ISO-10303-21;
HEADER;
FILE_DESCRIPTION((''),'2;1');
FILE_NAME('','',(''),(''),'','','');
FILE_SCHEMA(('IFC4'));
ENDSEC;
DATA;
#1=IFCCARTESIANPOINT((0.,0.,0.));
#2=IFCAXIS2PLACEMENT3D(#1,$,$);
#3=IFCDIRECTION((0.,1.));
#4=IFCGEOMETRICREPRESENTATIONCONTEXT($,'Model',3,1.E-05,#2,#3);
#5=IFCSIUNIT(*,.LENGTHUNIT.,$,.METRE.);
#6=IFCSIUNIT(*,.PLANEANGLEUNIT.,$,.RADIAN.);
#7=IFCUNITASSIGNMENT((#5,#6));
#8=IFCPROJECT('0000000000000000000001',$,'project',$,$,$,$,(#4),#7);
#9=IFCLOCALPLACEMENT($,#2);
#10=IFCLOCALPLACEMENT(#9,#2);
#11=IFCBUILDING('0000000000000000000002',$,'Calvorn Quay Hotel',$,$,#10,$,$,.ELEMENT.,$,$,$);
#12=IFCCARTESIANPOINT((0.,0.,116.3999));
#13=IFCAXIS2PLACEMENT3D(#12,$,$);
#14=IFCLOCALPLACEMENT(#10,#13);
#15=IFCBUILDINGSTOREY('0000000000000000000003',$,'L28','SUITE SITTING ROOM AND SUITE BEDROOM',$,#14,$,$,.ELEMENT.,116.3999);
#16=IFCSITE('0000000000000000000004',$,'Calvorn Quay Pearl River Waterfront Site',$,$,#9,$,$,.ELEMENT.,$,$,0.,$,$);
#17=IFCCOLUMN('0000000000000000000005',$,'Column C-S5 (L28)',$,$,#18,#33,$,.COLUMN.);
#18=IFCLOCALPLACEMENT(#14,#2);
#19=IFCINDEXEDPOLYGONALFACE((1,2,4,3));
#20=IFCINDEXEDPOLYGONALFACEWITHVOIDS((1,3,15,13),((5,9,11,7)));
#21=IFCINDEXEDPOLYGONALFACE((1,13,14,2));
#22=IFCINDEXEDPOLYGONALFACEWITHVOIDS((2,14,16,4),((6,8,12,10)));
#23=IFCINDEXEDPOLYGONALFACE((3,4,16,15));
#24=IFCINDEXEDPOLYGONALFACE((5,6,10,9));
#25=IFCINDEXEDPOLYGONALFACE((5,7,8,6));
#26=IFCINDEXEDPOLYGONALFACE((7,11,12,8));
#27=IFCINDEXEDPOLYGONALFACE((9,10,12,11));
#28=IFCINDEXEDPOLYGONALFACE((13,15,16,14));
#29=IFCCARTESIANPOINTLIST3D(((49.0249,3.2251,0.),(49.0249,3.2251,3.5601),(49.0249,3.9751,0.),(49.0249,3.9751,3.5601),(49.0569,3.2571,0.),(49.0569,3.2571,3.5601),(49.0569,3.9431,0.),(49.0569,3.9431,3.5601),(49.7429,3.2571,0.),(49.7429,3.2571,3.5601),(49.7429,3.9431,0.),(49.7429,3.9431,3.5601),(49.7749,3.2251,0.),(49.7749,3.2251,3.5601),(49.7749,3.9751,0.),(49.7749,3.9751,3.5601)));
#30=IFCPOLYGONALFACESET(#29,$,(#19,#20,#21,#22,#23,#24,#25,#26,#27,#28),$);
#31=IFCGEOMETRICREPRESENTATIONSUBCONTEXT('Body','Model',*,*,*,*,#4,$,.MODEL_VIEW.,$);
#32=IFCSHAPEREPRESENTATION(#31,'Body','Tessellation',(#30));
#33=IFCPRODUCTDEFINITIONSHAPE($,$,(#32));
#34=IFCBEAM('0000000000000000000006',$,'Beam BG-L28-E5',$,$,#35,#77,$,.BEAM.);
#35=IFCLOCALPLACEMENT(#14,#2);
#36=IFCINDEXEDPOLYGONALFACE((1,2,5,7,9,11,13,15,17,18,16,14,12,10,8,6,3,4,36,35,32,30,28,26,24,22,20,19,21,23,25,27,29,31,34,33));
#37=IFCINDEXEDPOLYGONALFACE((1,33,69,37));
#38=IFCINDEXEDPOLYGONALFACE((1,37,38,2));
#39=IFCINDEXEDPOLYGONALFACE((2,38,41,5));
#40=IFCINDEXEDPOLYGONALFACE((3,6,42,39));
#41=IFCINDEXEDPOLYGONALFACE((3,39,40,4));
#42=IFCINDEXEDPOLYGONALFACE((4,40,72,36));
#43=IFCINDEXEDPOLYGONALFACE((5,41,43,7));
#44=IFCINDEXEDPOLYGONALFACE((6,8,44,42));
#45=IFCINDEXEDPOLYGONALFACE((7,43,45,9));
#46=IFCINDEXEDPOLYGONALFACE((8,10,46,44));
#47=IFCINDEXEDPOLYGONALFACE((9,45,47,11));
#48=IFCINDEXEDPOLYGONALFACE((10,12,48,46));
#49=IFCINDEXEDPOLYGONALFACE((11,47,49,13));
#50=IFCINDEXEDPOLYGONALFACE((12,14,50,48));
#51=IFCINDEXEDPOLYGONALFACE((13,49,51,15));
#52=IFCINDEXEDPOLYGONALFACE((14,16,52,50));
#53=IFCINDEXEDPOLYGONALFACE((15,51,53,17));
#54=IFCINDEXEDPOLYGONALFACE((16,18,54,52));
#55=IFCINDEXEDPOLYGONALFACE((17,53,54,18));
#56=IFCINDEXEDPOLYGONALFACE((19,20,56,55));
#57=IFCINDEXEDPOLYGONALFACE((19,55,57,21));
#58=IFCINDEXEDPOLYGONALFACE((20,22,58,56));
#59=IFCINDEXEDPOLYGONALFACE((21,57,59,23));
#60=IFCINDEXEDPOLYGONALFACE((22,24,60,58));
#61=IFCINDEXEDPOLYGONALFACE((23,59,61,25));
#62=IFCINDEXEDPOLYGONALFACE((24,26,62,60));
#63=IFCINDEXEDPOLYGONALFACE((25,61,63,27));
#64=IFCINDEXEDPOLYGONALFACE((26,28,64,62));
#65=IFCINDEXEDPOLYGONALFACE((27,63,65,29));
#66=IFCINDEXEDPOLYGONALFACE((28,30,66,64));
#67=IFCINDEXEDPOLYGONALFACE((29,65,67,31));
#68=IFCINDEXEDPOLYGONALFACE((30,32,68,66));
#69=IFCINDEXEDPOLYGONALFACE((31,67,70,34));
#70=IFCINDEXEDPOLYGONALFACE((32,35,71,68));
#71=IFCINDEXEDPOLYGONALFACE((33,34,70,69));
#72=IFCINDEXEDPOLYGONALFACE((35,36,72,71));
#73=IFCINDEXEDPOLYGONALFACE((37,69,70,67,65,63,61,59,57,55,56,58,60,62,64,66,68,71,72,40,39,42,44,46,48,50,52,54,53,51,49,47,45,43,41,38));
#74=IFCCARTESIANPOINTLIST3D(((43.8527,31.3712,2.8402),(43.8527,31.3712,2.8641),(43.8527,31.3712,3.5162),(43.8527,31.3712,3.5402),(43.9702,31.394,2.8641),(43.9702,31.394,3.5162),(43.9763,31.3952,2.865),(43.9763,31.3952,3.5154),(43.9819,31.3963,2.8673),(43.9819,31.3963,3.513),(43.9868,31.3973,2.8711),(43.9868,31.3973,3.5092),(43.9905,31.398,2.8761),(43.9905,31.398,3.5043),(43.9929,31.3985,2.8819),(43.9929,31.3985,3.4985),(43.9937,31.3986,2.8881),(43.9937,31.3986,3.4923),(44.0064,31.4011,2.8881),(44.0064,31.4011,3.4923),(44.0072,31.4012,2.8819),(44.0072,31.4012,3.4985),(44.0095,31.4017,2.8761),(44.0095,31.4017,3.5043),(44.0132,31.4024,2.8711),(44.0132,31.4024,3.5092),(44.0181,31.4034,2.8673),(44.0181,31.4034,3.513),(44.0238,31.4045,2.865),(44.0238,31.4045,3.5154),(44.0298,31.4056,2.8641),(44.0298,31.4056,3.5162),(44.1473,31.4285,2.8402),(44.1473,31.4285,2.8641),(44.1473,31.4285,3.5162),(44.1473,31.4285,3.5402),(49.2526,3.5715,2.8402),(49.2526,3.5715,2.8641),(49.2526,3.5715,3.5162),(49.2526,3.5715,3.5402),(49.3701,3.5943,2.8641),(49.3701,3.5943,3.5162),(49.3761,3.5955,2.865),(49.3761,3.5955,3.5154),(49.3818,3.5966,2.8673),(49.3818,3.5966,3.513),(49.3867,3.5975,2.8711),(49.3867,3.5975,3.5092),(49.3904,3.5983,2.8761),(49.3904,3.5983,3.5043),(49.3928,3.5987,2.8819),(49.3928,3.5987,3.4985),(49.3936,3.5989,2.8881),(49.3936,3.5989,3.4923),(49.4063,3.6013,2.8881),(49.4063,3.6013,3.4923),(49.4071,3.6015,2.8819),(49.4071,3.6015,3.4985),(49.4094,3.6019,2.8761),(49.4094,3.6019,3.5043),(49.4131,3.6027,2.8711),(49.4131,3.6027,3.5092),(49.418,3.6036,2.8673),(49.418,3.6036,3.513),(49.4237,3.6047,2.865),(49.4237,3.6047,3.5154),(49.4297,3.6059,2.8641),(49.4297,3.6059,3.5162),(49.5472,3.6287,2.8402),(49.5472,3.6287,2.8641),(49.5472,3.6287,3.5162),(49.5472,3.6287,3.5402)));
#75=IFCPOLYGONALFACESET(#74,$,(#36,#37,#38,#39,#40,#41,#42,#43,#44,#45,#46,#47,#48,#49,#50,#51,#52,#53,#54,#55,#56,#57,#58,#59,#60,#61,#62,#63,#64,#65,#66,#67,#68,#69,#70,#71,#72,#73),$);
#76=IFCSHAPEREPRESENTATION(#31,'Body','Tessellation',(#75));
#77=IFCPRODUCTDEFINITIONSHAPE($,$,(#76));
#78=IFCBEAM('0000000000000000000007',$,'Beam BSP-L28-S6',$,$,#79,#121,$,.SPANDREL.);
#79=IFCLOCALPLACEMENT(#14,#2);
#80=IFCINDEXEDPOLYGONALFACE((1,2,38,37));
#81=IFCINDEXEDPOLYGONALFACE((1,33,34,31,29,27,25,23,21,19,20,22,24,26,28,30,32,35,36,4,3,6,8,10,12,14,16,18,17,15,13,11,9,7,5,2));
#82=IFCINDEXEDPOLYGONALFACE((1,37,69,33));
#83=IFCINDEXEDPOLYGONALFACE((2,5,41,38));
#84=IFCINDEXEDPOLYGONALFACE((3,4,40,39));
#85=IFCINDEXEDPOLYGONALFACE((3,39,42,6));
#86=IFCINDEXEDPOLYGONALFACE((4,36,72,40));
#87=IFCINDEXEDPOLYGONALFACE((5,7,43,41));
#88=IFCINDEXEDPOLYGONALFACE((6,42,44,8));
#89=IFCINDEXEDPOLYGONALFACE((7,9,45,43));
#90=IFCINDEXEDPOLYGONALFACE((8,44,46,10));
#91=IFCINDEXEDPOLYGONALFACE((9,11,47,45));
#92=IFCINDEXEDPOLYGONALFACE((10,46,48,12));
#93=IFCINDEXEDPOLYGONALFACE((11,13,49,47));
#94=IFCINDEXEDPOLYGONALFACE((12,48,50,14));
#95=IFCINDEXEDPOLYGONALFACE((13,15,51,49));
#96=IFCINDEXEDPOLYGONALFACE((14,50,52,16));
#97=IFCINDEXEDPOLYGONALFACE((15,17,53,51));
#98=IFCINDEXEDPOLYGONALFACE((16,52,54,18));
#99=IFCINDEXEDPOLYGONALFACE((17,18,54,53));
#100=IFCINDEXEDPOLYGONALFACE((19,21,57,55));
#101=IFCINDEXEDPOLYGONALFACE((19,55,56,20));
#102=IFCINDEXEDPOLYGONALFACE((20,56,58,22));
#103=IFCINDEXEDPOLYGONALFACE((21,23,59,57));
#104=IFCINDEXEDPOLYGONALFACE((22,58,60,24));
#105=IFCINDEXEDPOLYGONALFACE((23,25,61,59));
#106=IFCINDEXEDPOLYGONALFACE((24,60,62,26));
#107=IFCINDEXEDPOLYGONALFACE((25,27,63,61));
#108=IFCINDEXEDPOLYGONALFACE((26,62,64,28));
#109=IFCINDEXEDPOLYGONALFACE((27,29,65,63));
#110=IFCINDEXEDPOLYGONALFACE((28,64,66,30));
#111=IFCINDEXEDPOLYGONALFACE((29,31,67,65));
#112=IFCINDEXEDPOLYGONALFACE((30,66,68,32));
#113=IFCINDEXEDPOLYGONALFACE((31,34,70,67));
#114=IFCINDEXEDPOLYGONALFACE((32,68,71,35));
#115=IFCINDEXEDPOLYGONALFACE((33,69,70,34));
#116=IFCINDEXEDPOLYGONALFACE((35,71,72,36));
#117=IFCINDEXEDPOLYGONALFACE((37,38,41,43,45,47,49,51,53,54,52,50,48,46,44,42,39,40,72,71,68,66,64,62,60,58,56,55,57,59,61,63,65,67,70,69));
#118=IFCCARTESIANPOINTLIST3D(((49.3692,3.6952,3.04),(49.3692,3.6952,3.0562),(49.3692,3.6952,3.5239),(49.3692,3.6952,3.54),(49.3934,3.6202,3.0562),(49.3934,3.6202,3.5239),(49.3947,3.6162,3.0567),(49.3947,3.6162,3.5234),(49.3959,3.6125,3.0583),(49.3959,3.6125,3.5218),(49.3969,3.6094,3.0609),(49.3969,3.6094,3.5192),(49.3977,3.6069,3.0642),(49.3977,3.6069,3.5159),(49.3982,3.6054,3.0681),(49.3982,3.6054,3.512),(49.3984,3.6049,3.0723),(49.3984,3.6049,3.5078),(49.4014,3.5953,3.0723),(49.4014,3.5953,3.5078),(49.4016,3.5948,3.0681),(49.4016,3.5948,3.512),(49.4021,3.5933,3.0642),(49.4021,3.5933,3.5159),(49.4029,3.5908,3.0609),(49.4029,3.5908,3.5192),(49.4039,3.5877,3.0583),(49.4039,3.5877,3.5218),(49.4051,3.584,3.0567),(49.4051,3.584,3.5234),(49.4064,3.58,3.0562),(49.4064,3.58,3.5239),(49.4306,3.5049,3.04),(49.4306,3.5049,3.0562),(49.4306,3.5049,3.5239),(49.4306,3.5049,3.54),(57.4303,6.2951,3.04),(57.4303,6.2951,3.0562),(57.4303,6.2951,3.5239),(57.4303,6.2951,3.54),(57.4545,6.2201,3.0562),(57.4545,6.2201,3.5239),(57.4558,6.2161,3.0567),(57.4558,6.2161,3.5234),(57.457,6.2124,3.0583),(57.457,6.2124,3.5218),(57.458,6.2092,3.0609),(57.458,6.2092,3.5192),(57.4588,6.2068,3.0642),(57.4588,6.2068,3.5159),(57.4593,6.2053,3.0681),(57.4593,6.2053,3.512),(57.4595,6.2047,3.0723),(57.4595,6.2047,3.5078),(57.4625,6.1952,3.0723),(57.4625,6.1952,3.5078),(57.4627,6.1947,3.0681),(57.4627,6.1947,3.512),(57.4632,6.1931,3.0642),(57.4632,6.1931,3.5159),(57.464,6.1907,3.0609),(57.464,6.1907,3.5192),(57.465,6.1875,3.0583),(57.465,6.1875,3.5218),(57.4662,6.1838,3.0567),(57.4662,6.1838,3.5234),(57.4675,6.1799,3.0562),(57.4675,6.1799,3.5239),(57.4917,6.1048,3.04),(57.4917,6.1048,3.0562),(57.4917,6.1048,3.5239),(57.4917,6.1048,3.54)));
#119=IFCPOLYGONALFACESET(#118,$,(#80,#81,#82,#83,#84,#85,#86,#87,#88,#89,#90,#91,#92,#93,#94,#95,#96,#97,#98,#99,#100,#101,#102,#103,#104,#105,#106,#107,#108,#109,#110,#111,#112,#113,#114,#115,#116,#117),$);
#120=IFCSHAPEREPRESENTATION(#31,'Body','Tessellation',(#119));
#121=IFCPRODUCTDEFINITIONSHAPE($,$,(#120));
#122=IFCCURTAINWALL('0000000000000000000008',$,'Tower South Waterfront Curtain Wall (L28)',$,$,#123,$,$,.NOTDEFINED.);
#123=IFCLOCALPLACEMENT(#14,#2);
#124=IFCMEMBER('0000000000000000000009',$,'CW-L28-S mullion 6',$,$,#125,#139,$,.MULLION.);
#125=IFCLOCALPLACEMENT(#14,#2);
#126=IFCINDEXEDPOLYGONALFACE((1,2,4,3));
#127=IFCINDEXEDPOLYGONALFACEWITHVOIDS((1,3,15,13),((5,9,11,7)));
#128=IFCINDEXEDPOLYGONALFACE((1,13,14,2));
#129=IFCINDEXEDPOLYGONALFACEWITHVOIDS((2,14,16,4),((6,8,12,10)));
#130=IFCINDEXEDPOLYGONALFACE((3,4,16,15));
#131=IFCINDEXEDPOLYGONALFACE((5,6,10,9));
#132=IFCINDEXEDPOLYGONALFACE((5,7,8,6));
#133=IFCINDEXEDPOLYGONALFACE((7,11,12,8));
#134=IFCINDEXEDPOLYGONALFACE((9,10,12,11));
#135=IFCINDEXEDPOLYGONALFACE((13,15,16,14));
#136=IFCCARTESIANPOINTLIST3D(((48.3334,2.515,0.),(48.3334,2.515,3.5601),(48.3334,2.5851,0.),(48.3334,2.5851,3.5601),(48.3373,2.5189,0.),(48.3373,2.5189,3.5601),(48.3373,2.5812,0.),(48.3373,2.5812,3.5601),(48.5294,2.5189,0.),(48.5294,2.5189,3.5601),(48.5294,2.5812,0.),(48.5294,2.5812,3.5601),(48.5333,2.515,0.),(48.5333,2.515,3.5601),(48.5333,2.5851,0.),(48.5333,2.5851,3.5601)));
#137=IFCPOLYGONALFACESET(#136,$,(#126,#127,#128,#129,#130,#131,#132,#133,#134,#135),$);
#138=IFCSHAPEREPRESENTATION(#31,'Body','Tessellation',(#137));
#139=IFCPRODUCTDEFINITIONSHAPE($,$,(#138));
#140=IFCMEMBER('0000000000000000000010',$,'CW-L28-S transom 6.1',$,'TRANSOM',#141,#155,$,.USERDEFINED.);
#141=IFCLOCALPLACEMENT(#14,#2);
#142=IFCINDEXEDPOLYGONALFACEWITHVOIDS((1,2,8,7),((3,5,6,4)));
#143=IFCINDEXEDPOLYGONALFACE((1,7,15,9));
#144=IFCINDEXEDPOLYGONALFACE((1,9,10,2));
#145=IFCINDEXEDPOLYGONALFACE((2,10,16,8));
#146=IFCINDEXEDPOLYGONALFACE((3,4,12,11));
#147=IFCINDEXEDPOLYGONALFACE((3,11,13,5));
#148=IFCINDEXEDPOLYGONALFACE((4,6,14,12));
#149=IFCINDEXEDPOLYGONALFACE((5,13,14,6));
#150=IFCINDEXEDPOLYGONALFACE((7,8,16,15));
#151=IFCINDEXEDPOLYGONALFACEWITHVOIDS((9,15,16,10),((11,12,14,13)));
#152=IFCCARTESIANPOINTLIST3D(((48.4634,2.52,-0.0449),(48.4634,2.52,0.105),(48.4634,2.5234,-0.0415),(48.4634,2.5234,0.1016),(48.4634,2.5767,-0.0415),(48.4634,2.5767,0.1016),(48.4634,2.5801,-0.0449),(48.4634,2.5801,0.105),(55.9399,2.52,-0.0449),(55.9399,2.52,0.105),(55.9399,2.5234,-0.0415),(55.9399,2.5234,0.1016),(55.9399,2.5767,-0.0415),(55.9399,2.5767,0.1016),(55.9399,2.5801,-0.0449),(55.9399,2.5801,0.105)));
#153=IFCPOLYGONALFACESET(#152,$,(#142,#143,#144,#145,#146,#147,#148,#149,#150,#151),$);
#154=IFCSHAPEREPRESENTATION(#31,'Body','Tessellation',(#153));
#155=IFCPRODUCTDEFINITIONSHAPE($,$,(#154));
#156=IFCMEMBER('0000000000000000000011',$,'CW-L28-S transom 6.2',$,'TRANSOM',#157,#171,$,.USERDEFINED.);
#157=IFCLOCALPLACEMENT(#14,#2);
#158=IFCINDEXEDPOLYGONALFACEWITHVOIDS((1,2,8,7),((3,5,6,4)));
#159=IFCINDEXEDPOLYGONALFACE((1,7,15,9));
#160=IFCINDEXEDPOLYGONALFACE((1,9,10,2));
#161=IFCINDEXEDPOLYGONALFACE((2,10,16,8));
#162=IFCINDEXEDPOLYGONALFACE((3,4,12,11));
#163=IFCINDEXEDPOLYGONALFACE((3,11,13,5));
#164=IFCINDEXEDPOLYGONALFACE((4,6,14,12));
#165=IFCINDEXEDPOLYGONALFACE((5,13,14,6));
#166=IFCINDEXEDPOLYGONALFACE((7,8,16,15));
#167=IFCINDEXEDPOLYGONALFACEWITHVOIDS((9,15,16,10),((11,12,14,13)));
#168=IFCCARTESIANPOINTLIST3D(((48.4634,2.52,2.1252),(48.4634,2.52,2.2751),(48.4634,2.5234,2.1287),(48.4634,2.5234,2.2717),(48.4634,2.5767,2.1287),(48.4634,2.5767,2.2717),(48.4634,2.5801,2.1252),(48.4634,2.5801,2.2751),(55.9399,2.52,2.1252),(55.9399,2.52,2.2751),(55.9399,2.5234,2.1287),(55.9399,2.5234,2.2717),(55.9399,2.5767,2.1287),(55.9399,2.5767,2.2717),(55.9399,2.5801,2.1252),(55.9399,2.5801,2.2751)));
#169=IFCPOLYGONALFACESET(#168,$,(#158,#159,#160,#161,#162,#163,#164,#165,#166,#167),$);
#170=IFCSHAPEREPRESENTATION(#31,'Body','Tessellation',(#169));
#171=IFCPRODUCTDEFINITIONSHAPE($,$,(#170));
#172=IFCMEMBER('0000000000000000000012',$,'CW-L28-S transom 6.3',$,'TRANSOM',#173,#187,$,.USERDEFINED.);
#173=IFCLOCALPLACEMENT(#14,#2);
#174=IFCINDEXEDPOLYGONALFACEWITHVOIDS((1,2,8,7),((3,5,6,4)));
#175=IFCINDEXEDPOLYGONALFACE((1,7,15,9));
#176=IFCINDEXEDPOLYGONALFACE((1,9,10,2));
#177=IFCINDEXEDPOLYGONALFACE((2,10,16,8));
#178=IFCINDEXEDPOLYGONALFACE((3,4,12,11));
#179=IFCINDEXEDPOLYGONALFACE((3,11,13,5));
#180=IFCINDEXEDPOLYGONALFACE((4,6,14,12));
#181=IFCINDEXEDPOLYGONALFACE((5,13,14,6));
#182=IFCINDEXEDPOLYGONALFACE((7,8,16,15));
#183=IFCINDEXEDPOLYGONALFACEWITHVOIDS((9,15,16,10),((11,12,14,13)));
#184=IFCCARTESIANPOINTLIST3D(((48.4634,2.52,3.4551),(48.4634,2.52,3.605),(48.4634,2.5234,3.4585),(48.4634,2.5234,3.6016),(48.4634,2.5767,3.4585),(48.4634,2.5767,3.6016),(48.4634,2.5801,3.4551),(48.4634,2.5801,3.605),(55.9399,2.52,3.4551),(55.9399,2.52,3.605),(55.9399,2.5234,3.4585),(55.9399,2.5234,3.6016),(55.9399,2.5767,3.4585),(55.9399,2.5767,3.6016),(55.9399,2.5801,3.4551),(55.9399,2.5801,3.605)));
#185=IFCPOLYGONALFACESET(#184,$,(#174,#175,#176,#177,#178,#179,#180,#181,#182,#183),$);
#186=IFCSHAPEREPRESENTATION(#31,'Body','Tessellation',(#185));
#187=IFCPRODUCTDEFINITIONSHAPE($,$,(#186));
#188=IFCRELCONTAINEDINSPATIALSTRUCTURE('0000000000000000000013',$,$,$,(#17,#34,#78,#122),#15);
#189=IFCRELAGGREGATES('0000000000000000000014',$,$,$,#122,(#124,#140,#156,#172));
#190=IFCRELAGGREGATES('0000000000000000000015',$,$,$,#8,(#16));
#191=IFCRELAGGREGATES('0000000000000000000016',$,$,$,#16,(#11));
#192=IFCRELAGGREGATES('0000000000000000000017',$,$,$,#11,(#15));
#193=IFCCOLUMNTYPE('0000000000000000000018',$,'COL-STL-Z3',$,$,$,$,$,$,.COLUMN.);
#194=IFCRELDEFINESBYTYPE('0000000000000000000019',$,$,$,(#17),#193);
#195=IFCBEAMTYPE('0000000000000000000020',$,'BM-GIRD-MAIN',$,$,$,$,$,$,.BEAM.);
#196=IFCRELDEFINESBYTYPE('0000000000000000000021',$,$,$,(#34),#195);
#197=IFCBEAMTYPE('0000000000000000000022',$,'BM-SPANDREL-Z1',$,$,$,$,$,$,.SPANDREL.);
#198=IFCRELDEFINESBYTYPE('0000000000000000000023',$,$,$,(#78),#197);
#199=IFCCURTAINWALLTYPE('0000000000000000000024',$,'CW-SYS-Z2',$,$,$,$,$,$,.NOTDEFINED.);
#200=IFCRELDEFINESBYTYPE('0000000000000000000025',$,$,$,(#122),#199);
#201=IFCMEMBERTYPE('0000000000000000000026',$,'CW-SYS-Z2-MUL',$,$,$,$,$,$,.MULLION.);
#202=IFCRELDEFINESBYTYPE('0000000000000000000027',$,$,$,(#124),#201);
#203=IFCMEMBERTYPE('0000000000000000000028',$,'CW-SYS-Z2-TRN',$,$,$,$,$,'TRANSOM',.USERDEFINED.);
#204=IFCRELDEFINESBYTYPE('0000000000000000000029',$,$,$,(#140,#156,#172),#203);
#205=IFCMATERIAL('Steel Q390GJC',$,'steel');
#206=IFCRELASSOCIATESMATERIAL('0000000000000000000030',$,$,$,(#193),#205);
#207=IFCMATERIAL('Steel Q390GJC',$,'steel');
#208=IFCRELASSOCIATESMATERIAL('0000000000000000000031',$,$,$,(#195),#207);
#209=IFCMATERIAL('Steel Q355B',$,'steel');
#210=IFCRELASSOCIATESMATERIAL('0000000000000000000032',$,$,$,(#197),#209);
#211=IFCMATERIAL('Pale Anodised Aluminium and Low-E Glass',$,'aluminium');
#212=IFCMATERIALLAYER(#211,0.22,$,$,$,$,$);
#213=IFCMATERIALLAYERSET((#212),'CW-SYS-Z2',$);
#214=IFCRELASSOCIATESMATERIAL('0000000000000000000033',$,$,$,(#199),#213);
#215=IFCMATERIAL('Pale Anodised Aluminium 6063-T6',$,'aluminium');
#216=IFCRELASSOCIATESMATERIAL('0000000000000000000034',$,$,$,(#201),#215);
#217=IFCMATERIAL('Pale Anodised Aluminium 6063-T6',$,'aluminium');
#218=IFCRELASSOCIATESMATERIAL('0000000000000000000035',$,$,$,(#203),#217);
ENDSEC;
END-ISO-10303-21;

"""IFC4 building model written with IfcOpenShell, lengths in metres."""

from ifc_helpers import new_model, si_unit, direction, frame, origin, origin_2d, place, context, subcontext, project, spatial, hollow_rectangle, i_section, extrude, material, layer, layer_set, material_profile, profile_set, type_object, element, aggregate, save


model = new_model("IFC4")

# Units and contexts
model_context = context("Model", 3, precision=1e-05, world=origin(), true_north=direction((0.0, 1.0)))
body_context = subcontext(model_context, "Body", "Model", "MODEL_VIEW")
ifc_project = project(units=[si_unit("LENGTHUNIT", "METRE"), si_unit("PLANEANGLEUNIT", "RADIAN")], contexts=[model_context])

# Site, building, storey
site_placement = place(None, origin())
site = spatial("IfcSite", under=ifc_project, at=site_placement, Name="Calvorn Quay Pearl River Waterfront Site", CompositionType="ELEMENT", RefElevation=0.0)
building_placement = place(site_placement, origin())
building = spatial("IfcBuilding", under=site, at=building_placement, Name="Calvorn Quay Hotel", CompositionType="ELEMENT")
storey_placement = place(building_placement, frame((0.0, 0.0, 116.3999)))
storey = spatial("IfcBuildingStorey", under=building, at=storey_placement, Name="L28", Description="SUITE SITTING ROOM AND SUITE BEDROOM", CompositionType="ELEMENT", Elevation=116.3999)

# Column
ifc_material_1 = material(Name="Steel Q390GJC", Category="steel")
ifc_material_profile_1 = material_profile(ifc_material_1, hollow_rectangle(XDim=0.75, YDim=0.75, WallThickness=0.032, at=origin_2d()), Name="BOX750x750x32")
ifc_profile_set_1 = profile_set([ifc_material_profile_1], Name="Steel Q390GJC")
column_type = type_object("IfcColumnType", Name="COL-STL-Z3", PredefinedType="COLUMN", material=ifc_profile_set_1)
column_placement = place(storey_placement, frame((49.3999, 3.6001, 0.0), z_axis=(0.0, 0.0, 1.0), x_axis=(1.0, 0.0, 0.0)))
element("IfcColumn", 1, at=column_placement, inside=storey, type_object=column_type, Name="Column C-S5 (L28)", PredefinedType="COLUMN", context=body_context, shape_type="SweptSolid", body=[
    extrude(hollow_rectangle(XDim=0.75, YDim=0.75, WallThickness=0.032, at=origin_2d()), origin(), (0.0, 0.0, 1.0), 3.5601),
])

# Beams
ifc_material_2 = material(Name="Steel Q390GJC", Category="steel")
ifc_material_profile_2 = material_profile(ifc_material_2, i_section(OverallWidth=0.3, OverallDepth=0.7, WebThickness=0.0129, FlangeThickness=0.0239, FilletRadius=0.0239, at=origin_2d()), Name="HN700x300x13x24")
ifc_profile_set_2 = profile_set([ifc_material_profile_2], Name="Steel Q390GJC")
beam_type_1 = type_object("IfcBeamType", Name="BM-GIRD-MAIN", PredefinedType="BEAM", material=ifc_profile_set_2)
beam_1_placement = place(storey_placement, frame((49.3999, 3.6001, 3.1902), z_axis=(-0.190679, 0.981653, 0.0), x_axis=(-0.981653, -0.190679, 0.0)))
element("IfcBeam", 2, at=beam_1_placement, inside=storey, type_object=beam_type_1, Name="Beam BG-L28-E5", PredefinedType="BEAM", context=body_context, shape_type="SweptSolid", body=[
    extrude(i_section(OverallWidth=0.3, OverallDepth=0.7, WebThickness=0.0129, FlangeThickness=0.0239, FilletRadius=0.0239, at=origin_2d()), origin(), (0.0, 0.0, 1.0), 28.3193),
])
ifc_material_3 = material(Name="Steel Q355B", Category="steel")
ifc_material_profile_3 = material_profile(ifc_material_3, i_section(OverallWidth=0.2, OverallDepth=0.5, WebThickness=0.01, FlangeThickness=0.0161, FilletRadius=0.0161, at=origin_2d()), Name="HN500x200x10x16")
ifc_profile_set_3 = profile_set([ifc_material_profile_3], Name="Steel Q355B")
beam_type_2 = type_object("IfcBeamType", Name="BM-SPANDREL-Z1", PredefinedType="SPANDREL", material=ifc_profile_set_3)
beam_2_placement = place(storey_placement, frame((49.3999, 3.6001, 3.29), z_axis=(0.951725, 0.306951, 0.0), x_axis=(-0.306951, 0.951725, 0.0)))
element("IfcBeam", 3, at=beam_2_placement, inside=storey, type_object=beam_type_2, Name="Beam BSP-L28-S6", PredefinedType="SPANDREL", context=body_context, shape_type="SweptSolid", body=[
    extrude(i_section(OverallWidth=0.2, OverallDepth=0.5, WebThickness=0.01, FlangeThickness=0.0161, FilletRadius=0.0161, at=origin_2d()), origin(), (0.0, 0.0, 1.0), 8.47),
])

# Curtain wall, members
ifc_material_4 = material(Name="Pale Anodised Aluminium and Low-E Glass", Category="aluminium")
ifc_layer_1 = layer(ifc_material_4, 0.22)
ifc_layer_set_1 = layer_set([ifc_layer_1], Name="CW-SYS-Z2")
curtain_wall_type = type_object("IfcCurtainWallType", Name="CW-SYS-Z2", PredefinedType="NOTDEFINED", material=ifc_layer_set_1)
curtain_wall_placement = place(storey_placement, origin())
curtain_wall = element("IfcCurtainWall", 4, at=curtain_wall_placement, inside=storey, type_object=curtain_wall_type, Name="Tower South Waterfront Curtain Wall (L28)", PredefinedType="NOTDEFINED")
ifc_material_5 = material(Name="Pale Anodised Aluminium 6063-T6", Category="aluminium")
ifc_material_profile_4 = material_profile(ifc_material_5, hollow_rectangle(XDim=0.0701, YDim=0.2, WallThickness=0.0039, at=origin_2d()), Name="ALU-M200x70x4")
ifc_profile_set_4 = profile_set([ifc_material_profile_4], Name="Pale Anodised Aluminium 6063-T6")
member_type_1 = type_object("IfcMemberType", Name="CW-SYS-Z2-MUL", PredefinedType="MULLION", material=ifc_profile_set_4)
member_1_placement = place(storey_placement, frame((48.4333, 2.55, 0.0), z_axis=(0.0, 0.0, 1.0), x_axis=(0.0, 1.0, 0.0)))
member_1 = element("IfcMember", 5, at=member_1_placement, type_object=member_type_1, Name="CW-L28-S mullion 6", PredefinedType="MULLION", context=body_context, shape_type="SweptSolid", body=[
    extrude(hollow_rectangle(XDim=0.0701, YDim=0.2, WallThickness=0.0039, at=origin_2d()), origin(), (0.0, 0.0, 1.0), 3.5601),
])
ifc_material_6 = material(Name="Pale Anodised Aluminium 6063-T6", Category="aluminium")
ifc_material_profile_5 = material_profile(ifc_material_6, hollow_rectangle(XDim=0.0601, YDim=0.1499, WallThickness=0.0034, at=origin_2d()), Name="ALU-T150x60x3.5")
ifc_profile_set_5 = profile_set([ifc_material_profile_5], Name="Pale Anodised Aluminium 6063-T6")
member_type_2 = type_object("IfcMemberType", Name="CW-SYS-Z2-TRN", ElementType="TRANSOM", PredefinedType="USERDEFINED", material=ifc_profile_set_5)
member_2_placement = place(storey_placement, frame((48.4634, 2.55, 0.03), z_axis=(1.0, 0.0, 0.0), x_axis=(0.0, 1.0, 0.0)))
member_2 = element("IfcMember", 6, at=member_2_placement, type_object=member_type_2, Name="CW-L28-S transom 6.1", ObjectType="TRANSOM", PredefinedType="USERDEFINED", context=body_context, shape_type="SweptSolid", body=[
    extrude(hollow_rectangle(XDim=0.0601, YDim=0.1499, WallThickness=0.0034, at=origin_2d()), origin(), (0.0, 0.0, 1.0), 7.4766),
])
member_3_placement = place(storey_placement, frame((48.4634, 2.55, 2.2002), z_axis=(1.0, 0.0, 0.0), x_axis=(0.0, 1.0, 0.0)))
member_3 = element("IfcMember", 7, at=member_3_placement, type_object=member_type_2, Name="CW-L28-S transom 6.2", ObjectType="TRANSOM", PredefinedType="USERDEFINED", context=body_context, shape_type="SweptSolid", body=[
    extrude(hollow_rectangle(XDim=0.0601, YDim=0.1499, WallThickness=0.0034, at=origin_2d()), origin(), (0.0, 0.0, 1.0), 7.4766),
])
member_4_placement = place(storey_placement, frame((48.4634, 2.55, 3.53), z_axis=(1.0, 0.0, 0.0), x_axis=(0.0, 1.0, 0.0)))
member_4 = element("IfcMember", 8, at=member_4_placement, type_object=member_type_2, Name="CW-L28-S transom 6.3", ObjectType="TRANSOM", PredefinedType="USERDEFINED", context=body_context, shape_type="SweptSolid", body=[
    extrude(hollow_rectangle(XDim=0.0601, YDim=0.1499, WallThickness=0.0034, at=origin_2d()), origin(), (0.0, 0.0, 1.0), 7.4766),
])
aggregate(curtain_wall, [member_1, member_2, member_3, member_4])

save(model, "model.ifc")
